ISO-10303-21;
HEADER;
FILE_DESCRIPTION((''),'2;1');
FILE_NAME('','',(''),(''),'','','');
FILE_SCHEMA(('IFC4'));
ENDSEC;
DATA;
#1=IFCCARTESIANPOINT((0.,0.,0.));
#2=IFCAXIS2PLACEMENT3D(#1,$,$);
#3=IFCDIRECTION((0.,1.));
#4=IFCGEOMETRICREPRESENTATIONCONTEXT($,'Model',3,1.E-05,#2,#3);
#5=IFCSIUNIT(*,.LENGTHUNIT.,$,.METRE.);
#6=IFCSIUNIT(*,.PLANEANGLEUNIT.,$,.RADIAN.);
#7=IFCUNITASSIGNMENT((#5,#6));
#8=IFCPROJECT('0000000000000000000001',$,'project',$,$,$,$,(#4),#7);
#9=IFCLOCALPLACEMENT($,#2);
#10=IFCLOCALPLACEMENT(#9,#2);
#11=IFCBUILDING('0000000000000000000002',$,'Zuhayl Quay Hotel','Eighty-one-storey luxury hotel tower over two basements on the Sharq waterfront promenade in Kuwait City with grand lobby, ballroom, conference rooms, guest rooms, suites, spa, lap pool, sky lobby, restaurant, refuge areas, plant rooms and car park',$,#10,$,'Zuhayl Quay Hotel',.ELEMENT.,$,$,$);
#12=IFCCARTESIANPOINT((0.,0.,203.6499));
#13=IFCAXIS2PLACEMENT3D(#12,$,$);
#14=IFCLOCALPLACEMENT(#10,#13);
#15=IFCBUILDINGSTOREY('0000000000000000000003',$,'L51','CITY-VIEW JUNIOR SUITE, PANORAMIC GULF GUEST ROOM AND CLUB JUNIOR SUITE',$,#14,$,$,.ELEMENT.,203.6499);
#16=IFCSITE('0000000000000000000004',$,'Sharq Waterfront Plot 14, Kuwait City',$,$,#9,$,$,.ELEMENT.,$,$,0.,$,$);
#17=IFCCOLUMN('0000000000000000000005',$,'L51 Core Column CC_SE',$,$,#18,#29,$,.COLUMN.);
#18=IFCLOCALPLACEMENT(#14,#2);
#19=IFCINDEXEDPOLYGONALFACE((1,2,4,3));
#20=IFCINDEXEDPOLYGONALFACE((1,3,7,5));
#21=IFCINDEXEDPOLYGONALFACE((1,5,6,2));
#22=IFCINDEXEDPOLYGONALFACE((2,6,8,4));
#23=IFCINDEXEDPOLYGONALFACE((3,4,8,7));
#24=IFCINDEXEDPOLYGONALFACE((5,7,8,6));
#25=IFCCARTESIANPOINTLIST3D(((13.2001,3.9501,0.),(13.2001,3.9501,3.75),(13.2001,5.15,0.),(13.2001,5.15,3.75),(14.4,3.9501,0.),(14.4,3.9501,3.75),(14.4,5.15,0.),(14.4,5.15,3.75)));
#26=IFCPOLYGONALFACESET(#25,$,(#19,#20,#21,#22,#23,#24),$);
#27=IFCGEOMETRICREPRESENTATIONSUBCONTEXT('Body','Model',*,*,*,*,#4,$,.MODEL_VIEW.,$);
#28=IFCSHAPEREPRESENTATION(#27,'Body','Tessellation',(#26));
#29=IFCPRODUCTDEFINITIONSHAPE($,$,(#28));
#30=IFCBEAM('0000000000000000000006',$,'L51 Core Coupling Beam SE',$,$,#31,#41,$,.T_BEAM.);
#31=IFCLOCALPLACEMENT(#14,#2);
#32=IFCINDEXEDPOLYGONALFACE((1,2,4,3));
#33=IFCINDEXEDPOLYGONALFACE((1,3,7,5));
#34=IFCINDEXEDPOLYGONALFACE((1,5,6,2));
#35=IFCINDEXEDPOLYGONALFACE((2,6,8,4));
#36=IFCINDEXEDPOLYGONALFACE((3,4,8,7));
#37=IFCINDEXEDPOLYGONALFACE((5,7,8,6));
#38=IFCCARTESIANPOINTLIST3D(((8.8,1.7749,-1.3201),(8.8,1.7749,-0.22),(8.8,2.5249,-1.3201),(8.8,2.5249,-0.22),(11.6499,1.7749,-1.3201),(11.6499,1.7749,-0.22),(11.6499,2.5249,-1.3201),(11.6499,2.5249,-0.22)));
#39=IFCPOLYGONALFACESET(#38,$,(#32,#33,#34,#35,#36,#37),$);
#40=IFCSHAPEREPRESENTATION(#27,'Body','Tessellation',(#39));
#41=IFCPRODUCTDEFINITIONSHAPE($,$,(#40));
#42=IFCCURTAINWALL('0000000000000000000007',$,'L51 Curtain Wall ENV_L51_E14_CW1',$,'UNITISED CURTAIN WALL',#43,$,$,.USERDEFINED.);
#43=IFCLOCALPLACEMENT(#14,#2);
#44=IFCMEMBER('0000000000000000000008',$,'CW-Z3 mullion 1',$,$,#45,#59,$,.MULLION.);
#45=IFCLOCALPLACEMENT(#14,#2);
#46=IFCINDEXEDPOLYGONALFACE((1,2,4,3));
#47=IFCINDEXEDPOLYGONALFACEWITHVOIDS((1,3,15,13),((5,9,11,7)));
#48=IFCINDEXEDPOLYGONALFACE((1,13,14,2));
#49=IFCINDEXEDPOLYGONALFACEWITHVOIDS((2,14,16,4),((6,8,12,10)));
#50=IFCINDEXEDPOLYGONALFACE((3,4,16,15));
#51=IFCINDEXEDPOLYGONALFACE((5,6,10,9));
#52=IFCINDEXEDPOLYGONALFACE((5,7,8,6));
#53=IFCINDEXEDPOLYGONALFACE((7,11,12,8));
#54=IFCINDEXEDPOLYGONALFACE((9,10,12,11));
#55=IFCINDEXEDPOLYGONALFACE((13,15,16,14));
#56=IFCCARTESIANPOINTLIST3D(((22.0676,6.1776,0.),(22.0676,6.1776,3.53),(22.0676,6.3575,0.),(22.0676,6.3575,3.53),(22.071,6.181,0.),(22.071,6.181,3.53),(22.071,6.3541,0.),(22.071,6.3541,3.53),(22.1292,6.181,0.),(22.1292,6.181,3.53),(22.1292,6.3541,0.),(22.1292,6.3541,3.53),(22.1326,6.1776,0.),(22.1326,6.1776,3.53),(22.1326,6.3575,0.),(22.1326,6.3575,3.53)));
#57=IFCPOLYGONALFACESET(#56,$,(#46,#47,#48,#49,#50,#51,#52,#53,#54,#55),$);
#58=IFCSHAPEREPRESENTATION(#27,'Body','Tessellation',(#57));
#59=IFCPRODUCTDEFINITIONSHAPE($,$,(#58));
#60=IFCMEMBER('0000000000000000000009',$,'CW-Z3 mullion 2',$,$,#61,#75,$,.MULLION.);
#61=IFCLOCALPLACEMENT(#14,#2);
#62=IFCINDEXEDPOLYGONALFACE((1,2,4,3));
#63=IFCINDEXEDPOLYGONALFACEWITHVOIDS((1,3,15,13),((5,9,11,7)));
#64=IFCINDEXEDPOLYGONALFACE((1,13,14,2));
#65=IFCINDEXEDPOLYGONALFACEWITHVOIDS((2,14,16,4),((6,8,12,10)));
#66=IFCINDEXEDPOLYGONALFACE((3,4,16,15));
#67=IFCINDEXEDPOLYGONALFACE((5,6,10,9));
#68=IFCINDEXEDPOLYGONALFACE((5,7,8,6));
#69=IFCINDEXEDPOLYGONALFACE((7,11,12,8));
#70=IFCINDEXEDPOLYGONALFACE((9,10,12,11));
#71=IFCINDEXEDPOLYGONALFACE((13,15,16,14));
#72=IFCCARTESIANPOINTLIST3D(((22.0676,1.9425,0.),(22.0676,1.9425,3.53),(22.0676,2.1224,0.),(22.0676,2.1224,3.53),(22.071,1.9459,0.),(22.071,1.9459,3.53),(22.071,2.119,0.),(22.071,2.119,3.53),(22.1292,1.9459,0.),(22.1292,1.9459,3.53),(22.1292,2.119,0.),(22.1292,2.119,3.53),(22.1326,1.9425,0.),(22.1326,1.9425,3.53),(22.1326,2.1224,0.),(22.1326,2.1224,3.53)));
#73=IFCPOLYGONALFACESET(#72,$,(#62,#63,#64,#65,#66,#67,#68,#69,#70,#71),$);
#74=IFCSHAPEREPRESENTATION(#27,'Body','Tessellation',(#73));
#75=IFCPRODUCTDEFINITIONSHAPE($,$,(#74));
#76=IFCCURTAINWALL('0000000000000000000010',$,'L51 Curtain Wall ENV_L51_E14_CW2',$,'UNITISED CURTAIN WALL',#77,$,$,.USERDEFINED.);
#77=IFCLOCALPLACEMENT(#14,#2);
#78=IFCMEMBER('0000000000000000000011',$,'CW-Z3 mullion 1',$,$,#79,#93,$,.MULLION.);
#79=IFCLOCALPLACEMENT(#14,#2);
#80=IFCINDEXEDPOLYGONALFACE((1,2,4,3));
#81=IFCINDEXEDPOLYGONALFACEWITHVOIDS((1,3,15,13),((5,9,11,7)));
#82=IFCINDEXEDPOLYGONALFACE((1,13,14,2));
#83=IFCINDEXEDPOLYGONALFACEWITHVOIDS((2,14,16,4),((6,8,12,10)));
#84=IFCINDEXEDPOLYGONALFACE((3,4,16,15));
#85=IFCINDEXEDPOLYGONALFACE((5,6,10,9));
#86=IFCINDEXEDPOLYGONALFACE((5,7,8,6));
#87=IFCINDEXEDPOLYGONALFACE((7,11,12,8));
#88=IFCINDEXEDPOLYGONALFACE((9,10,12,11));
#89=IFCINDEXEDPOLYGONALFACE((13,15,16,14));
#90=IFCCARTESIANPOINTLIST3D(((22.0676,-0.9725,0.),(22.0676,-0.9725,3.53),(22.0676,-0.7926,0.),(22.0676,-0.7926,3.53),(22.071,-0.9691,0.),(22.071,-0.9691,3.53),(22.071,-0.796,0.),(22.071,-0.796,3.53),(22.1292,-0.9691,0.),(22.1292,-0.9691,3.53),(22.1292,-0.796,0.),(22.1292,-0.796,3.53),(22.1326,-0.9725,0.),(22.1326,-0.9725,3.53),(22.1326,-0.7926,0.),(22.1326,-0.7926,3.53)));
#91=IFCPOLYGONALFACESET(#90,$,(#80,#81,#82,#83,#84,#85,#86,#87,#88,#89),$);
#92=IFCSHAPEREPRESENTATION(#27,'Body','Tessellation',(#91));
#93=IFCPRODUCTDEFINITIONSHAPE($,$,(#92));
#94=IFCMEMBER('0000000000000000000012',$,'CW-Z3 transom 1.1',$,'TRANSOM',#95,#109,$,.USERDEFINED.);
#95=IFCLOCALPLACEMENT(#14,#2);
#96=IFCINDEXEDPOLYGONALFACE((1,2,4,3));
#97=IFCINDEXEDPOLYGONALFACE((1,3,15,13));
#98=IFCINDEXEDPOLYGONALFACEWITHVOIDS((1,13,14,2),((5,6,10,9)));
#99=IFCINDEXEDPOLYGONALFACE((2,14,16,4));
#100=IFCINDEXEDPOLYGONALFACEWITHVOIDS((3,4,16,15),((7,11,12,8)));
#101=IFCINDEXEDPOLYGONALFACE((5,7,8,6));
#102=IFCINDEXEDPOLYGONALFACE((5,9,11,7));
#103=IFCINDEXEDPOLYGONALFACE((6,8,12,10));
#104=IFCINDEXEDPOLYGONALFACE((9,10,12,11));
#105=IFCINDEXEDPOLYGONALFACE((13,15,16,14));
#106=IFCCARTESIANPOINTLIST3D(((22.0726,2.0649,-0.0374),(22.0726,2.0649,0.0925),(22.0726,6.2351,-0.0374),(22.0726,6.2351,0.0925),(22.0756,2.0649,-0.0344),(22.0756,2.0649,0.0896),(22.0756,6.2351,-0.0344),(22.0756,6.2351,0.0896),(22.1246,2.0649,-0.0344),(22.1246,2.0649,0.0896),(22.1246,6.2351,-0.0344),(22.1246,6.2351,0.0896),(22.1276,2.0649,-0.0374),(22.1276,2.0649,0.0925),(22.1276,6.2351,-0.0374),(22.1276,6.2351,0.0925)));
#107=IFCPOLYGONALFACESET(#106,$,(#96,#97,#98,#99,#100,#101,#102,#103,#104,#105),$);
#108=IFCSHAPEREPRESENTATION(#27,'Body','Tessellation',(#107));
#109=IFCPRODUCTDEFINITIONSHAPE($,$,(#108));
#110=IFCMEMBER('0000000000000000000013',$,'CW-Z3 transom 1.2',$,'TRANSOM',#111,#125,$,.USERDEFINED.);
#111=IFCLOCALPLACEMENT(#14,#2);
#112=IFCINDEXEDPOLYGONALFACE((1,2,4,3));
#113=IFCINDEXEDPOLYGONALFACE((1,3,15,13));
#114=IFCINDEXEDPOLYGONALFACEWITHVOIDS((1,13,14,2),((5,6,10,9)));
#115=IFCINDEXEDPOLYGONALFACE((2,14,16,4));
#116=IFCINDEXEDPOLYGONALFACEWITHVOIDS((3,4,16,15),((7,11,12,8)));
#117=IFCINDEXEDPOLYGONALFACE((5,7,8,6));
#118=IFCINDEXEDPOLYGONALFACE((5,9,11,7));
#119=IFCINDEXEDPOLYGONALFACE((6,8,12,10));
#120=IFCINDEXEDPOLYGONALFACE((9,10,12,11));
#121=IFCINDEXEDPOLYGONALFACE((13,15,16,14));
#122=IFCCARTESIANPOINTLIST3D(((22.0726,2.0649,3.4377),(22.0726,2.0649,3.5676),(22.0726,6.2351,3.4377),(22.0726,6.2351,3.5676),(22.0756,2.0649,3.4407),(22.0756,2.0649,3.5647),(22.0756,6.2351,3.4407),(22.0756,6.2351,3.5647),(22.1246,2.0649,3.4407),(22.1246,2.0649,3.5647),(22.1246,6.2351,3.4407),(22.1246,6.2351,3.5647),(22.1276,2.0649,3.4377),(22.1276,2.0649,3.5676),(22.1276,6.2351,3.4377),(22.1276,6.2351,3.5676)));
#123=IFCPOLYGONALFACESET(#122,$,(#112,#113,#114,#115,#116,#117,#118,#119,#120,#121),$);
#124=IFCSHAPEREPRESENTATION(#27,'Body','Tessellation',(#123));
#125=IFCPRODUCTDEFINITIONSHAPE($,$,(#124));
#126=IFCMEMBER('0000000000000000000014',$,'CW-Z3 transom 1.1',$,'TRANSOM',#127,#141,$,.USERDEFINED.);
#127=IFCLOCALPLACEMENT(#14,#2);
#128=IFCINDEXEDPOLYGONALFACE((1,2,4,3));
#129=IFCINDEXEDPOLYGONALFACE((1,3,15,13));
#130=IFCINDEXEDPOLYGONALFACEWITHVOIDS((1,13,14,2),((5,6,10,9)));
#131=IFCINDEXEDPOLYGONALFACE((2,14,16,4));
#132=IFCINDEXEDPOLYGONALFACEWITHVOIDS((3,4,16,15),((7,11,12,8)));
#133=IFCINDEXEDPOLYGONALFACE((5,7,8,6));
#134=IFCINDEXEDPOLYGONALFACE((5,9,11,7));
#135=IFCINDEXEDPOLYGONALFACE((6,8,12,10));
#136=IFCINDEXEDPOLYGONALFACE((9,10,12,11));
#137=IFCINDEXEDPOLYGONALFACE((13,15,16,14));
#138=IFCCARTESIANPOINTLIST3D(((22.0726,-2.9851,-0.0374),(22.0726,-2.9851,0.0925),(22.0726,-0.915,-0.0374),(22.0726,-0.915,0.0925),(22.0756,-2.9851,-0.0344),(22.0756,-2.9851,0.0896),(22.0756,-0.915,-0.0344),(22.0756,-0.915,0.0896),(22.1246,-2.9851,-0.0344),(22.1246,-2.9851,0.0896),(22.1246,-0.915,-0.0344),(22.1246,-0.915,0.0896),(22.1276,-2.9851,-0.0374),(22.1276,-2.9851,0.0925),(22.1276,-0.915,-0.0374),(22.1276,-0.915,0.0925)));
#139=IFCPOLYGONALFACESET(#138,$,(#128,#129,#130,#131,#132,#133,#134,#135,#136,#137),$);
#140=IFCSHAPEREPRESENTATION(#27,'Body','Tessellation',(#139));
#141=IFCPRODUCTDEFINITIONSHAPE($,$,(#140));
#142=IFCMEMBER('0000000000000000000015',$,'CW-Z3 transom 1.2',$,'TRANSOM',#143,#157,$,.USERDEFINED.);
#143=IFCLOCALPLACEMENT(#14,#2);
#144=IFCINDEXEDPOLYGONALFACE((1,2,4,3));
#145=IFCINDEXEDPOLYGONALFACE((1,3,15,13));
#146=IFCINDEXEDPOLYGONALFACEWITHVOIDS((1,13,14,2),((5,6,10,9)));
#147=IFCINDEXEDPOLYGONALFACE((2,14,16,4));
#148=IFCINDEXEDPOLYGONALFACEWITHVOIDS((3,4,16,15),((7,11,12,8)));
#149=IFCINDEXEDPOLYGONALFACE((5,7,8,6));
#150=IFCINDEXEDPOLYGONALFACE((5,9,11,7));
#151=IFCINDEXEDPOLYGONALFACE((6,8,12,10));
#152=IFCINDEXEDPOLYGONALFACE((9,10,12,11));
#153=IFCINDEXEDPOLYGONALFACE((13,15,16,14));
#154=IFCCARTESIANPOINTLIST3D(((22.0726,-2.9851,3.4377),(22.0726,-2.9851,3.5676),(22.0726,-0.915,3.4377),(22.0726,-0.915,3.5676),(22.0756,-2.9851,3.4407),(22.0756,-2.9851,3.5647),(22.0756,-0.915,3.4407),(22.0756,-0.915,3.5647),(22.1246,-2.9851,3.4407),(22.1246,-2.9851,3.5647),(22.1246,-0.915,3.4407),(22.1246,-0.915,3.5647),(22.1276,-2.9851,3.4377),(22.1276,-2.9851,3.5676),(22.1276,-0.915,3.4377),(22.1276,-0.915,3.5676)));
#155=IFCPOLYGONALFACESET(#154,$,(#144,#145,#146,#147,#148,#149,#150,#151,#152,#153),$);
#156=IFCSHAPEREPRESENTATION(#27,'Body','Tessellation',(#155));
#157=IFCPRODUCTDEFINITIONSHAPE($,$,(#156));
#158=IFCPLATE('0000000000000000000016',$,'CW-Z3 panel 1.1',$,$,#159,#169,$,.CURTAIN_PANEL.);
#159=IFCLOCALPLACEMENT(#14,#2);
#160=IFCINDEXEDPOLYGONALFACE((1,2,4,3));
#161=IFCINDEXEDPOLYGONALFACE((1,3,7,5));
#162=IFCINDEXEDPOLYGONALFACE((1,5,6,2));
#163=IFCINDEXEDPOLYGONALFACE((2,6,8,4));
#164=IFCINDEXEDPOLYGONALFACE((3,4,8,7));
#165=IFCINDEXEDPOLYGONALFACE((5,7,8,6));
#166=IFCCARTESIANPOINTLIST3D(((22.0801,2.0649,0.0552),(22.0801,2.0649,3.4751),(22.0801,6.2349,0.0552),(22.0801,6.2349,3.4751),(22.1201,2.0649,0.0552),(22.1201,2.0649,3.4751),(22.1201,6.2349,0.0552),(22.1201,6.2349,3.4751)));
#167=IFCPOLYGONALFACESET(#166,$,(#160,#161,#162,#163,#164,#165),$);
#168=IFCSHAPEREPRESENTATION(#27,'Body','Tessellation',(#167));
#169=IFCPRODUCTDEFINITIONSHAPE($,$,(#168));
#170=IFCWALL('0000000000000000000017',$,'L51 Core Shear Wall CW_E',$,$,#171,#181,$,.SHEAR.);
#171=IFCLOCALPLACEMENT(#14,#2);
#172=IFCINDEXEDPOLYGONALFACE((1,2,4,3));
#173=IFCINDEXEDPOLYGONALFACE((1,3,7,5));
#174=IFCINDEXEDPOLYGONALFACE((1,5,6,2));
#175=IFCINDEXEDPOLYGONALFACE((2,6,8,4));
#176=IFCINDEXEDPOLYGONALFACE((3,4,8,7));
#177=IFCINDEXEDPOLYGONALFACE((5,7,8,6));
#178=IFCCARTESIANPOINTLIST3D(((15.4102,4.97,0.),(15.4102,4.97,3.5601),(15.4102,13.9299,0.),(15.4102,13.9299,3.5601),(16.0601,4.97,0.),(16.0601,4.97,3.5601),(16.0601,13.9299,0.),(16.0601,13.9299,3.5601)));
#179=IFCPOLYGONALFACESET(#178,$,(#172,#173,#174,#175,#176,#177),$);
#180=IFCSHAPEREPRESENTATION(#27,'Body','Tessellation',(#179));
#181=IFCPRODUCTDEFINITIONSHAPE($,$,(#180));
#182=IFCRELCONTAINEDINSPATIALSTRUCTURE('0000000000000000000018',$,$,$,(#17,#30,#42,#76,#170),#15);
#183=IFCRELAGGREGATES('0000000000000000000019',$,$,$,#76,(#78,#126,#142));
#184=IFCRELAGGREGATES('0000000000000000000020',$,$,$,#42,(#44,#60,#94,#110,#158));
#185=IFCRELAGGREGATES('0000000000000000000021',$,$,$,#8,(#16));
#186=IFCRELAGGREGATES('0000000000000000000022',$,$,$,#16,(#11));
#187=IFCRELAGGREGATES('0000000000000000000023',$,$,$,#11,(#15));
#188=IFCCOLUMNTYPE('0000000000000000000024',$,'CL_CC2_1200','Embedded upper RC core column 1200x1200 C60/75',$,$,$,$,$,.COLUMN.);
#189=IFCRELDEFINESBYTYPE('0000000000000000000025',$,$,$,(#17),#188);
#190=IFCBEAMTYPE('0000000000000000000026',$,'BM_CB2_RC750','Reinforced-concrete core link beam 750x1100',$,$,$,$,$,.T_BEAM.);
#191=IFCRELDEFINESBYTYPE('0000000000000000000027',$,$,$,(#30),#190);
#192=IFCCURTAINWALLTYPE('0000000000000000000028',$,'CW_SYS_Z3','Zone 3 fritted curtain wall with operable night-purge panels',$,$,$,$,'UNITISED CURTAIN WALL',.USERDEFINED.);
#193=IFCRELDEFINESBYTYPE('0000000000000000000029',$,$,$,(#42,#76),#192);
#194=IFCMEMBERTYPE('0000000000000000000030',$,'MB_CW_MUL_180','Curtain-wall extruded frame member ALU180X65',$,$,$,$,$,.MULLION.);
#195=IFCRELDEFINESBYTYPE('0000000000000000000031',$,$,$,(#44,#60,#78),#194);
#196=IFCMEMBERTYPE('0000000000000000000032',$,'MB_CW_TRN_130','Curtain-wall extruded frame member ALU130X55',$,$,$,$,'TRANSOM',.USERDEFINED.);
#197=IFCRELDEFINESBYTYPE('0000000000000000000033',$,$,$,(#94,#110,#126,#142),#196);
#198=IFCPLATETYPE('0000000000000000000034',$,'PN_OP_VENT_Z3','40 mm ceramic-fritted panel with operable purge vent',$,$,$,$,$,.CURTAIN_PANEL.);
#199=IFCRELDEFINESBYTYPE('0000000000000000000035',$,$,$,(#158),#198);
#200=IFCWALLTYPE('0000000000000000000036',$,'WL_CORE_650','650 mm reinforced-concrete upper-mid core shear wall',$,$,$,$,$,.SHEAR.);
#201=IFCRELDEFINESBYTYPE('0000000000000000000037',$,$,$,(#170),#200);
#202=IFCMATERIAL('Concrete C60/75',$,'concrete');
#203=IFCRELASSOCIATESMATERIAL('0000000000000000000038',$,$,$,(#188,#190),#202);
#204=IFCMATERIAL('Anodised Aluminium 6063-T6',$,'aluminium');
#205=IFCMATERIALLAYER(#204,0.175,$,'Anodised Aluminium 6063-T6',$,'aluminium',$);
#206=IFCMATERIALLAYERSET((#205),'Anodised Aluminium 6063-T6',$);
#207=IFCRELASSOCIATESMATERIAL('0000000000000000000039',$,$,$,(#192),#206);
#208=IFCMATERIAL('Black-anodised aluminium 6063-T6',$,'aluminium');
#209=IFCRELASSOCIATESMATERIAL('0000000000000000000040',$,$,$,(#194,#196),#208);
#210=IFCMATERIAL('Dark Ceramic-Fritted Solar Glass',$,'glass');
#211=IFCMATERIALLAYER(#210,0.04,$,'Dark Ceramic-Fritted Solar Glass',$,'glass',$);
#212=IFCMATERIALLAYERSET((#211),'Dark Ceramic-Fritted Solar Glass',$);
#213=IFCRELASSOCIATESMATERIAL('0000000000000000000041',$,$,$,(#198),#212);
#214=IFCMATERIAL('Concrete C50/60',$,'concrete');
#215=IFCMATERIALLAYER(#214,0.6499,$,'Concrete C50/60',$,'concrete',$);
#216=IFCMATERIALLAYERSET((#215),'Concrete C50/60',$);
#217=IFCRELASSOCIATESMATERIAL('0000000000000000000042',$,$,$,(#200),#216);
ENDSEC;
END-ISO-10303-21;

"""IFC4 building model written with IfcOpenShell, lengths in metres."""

from ifc_helpers import new_model, si_unit, direction, frame, frame_2d, origin, origin_2d, place, context, subcontext, project, spatial, rectangle, hollow_rectangle, extrude, material, layer, layer_set, material_profile, profile_set, type_object, element, aggregate, save


model = new_model("IFC4")

# Units and contexts
model_context = context("Model", 3, precision=1e-05, world=origin(), true_north=direction((0.0, 1.0)))
body_context = subcontext(model_context, "Body", "Model", "MODEL_VIEW")
ifc_project = project(units=[si_unit("LENGTHUNIT", "METRE"), si_unit("PLANEANGLEUNIT", "RADIAN")], contexts=[model_context])

# Site, building, storey
site_placement = place(None, origin())
site = spatial("IfcSite", under=ifc_project, at=site_placement, Name="Sharq Waterfront Plot 14, Kuwait City", CompositionType="ELEMENT", RefElevation=0.0)
building_placement = place(site_placement, origin())
building = spatial("IfcBuilding", under=site, at=building_placement, Name="Zuhayl Quay Hotel", Description="Eighty-one-storey luxury hotel tower over two basements on the Sharq waterfront promenade in Kuwait City with grand lobby, ballroom, conference rooms, guest rooms, suites, spa, lap pool, sky lobby, restaurant, refuge areas, plant rooms and car park", LongName="Zuhayl Quay Hotel", CompositionType="ELEMENT")
storey_placement = place(building_placement, frame((0.0, 0.0, 203.6499)))
storey = spatial("IfcBuildingStorey", under=building, at=storey_placement, Name="L51", Description="CITY-VIEW JUNIOR SUITE, PANORAMIC GULF GUEST ROOM AND CLUB JUNIOR SUITE", CompositionType="ELEMENT", Elevation=203.6499)

# Column
ifc_material_1 = material(Name="Concrete C60/75", Category="concrete")
ifc_material_profile_1 = material_profile(ifc_material_1, rectangle(XDim=1.2, YDim=1.2, at=origin_2d()), Name="RC1200X1200")
ifc_profile_set_1 = profile_set([ifc_material_profile_1], Name="Concrete C60/75")
column_type = type_object("IfcColumnType", Name="CL_CC2_1200", Description="Embedded upper RC core column 1200x1200 C60/75", PredefinedType="COLUMN", material=ifc_profile_set_1)
column_placement = place(storey_placement, frame((13.8, 4.55, 0.0), z_axis=(0.0, 0.0, 1.0), x_axis=(1.0, 0.0, 0.0)))
element("IfcColumn", 1, at=column_placement, inside=storey, type_object=column_type, Name="L51 Core Column CC_SE", PredefinedType="COLUMN", context=body_context, shape_type="SweptSolid", body=[
    extrude(rectangle(XDim=1.2, YDim=1.2, at=origin_2d()), origin(), (0.0, 0.0, 1.0), 3.75),
])

# Beam
ifc_material_profile_2 = material_profile(ifc_material_1, rectangle(XDim=0.75, YDim=1.1001, at=origin_2d()), Name="RC750X1100")
ifc_profile_set_2 = profile_set([ifc_material_profile_2], Name="Concrete C60/75")
beam_type = type_object("IfcBeamType", Name="BM_CB2_RC750", Description="Reinforced-concrete core link beam 750x1100", PredefinedType="T_BEAM", material=ifc_profile_set_2)
beam_placement = place(storey_placement, frame((8.8, 2.1499, -0.77), z_axis=(1.0, 0.0, 0.0), x_axis=(0.0, 1.0, 0.0)))
element("IfcBeam", 2, at=beam_placement, inside=storey, type_object=beam_type, Name="L51 Core Coupling Beam SE", PredefinedType="T_BEAM", context=body_context, shape_type="SweptSolid", body=[
    extrude(rectangle(XDim=0.75, YDim=1.1001, at=origin_2d()), origin(), (0.0, 0.0, 1.0), 2.8499),
])

# Curtain wall, members
ifc_material_2 = material(Name="Anodised Aluminium 6063-T6", Category="aluminium")
ifc_layer_1 = layer(ifc_material_2, 0.175, Name="Anodised Aluminium 6063-T6", Category="aluminium")
ifc_layer_set_1 = layer_set([ifc_layer_1], Name="Anodised Aluminium 6063-T6")
curtain_wall_type = type_object("IfcCurtainWallType", Name="CW_SYS_Z3", Description="Zone 3 fritted curtain wall with operable night-purge panels", ElementType="UNITISED CURTAIN WALL", PredefinedType="USERDEFINED", material=ifc_layer_set_1)
curtain_wall_1_placement = place(storey_placement, origin())
curtain_wall_1 = element("IfcCurtainWall", 3, at=curtain_wall_1_placement, inside=storey, type_object=curtain_wall_type, Name="L51 Curtain Wall ENV_L51_E14_CW1", ObjectType="UNITISED CURTAIN WALL", PredefinedType="USERDEFINED")
ifc_material_3 = material(Name="Black-anodised aluminium 6063-T6", Category="aluminium")
ifc_material_profile_3 = material_profile(ifc_material_3, hollow_rectangle(XDim=0.0649, YDim=0.1799, WallThickness=0.0034, at=origin_2d()), Name="ALU180X65")
ifc_profile_set_3 = profile_set([ifc_material_profile_3], Name="Black-anodised aluminium 6063-T6")
member_type_1 = type_object("IfcMemberType", Name="MB_CW_MUL_180", Description="Curtain-wall extruded frame member ALU180X65", PredefinedType="MULLION", material=ifc_profile_set_3)
member_1_placement = place(storey_placement, frame((22.1001, 6.2676, 0.0), z_axis=(0.0, 0.0, 1.0), x_axis=(1.0, 0.0, 0.0)))
member_1 = element("IfcMember", 4, at=member_1_placement, type_object=member_type_1, Name="CW-Z3 mullion 1", PredefinedType="MULLION", context=body_context, shape_type="SweptSolid", body=[
    extrude(hollow_rectangle(XDim=0.0649, YDim=0.1799, WallThickness=0.0034, at=origin_2d()), origin(), (0.0, 0.0, 1.0), 3.53),
])
member_2_placement = place(storey_placement, frame((22.1001, 2.0325, 0.0), z_axis=(0.0, 0.0, 1.0), x_axis=(1.0, 0.0, 0.0)))
member_2 = element("IfcMember", 5, at=member_2_placement, type_object=member_type_1, Name="CW-Z3 mullion 2", PredefinedType="MULLION", context=body_context, shape_type="SweptSolid", body=[
    extrude(hollow_rectangle(XDim=0.0649, YDim=0.1799, WallThickness=0.0034, at=origin_2d()), origin(), (0.0, 0.0, 1.0), 3.53),
])

# Curtain wall, member
curtain_wall_2_placement = place(storey_placement, origin())
curtain_wall_2 = element("IfcCurtainWall", 6, at=curtain_wall_2_placement, inside=storey, type_object=curtain_wall_type, Name="L51 Curtain Wall ENV_L51_E14_CW2", ObjectType="UNITISED CURTAIN WALL", PredefinedType="USERDEFINED")
member_3_placement = place(storey_placement, frame((22.1001, -0.8826, 0.0), z_axis=(0.0, 0.0, 1.0), x_axis=(1.0, 0.0, 0.0)))
member_3 = element("IfcMember", 7, at=member_3_placement, type_object=member_type_1, Name="CW-Z3 mullion 1", PredefinedType="MULLION", context=body_context, shape_type="SweptSolid", body=[
    extrude(hollow_rectangle(XDim=0.0649, YDim=0.1799, WallThickness=0.0034, at=origin_2d()), origin(), (0.0, 0.0, 1.0), 3.53),
])

# Members
ifc_material_profile_4 = material_profile(ifc_material_3, hollow_rectangle(XDim=0.0549, YDim=0.1299, WallThickness=0.0029, at=origin_2d()), Name="ALU130X55")
ifc_profile_set_4 = profile_set([ifc_material_profile_4], Name="Black-anodised aluminium 6063-T6")
member_type_2 = type_object("IfcMemberType", Name="MB_CW_TRN_130", Description="Curtain-wall extruded frame member ALU130X55", ElementType="TRANSOM", PredefinedType="USERDEFINED", material=ifc_profile_set_4)
member_4_placement = place(storey_placement, frame((22.1001, 6.2351, 0.0276), z_axis=(0.0, -1.0, 0.0), x_axis=(1.0, 0.0, 0.0)))
member_4 = element("IfcMember", 8, at=member_4_placement, type_object=member_type_2, Name="CW-Z3 transom 1.1", ObjectType="TRANSOM", PredefinedType="USERDEFINED", context=body_context, shape_type="SweptSolid", body=[
    extrude(hollow_rectangle(XDim=0.0549, YDim=0.1299, WallThickness=0.0029, at=origin_2d()), origin(), (0.0, 0.0, 1.0), 4.1702),
])
member_5_placement = place(storey_placement, frame((22.1001, 6.2351, 3.5027), z_axis=(0.0, -1.0, 0.0), x_axis=(1.0, 0.0, 0.0)))
member_5 = element("IfcMember", 9, at=member_5_placement, type_object=member_type_2, Name="CW-Z3 transom 1.2", ObjectType="TRANSOM", PredefinedType="USERDEFINED", context=body_context, shape_type="SweptSolid", body=[
    extrude(hollow_rectangle(XDim=0.0549, YDim=0.1299, WallThickness=0.0029, at=origin_2d()), origin(), (0.0, 0.0, 1.0), 4.1702),
])
member_6_placement = place(storey_placement, frame((22.1001, -0.915, 0.0276), z_axis=(0.0, -1.0, 0.0), x_axis=(1.0, 0.0, 0.0)))
member_6 = element("IfcMember", 10, at=member_6_placement, type_object=member_type_2, Name="CW-Z3 transom 1.1", ObjectType="TRANSOM", PredefinedType="USERDEFINED", context=body_context, shape_type="SweptSolid", body=[
    extrude(hollow_rectangle(XDim=0.0549, YDim=0.1299, WallThickness=0.0029, at=origin_2d()), origin(), (0.0, 0.0, 1.0), 2.0701),
])
member_7_placement = place(storey_placement, frame((22.1001, -0.915, 3.5027), z_axis=(0.0, -1.0, 0.0), x_axis=(1.0, 0.0, 0.0)))
member_7 = element("IfcMember", 11, at=member_7_placement, type_object=member_type_2, Name="CW-Z3 transom 1.2", ObjectType="TRANSOM", PredefinedType="USERDEFINED", context=body_context, shape_type="SweptSolid", body=[
    extrude(hollow_rectangle(XDim=0.0549, YDim=0.1299, WallThickness=0.0029, at=origin_2d()), origin(), (0.0, 0.0, 1.0), 2.0701),
])
aggregate(curtain_wall_2, [member_3, member_6, member_7])

# Plate
ifc_material_4 = material(Name="Dark Ceramic-Fritted Solar Glass", Category="glass")
ifc_layer_2 = layer(ifc_material_4, 0.04, Name="Dark Ceramic-Fritted Solar Glass", Category="glass")
ifc_layer_set_2 = layer_set([ifc_layer_2], Name="Dark Ceramic-Fritted Solar Glass")
plate_type = type_object("IfcPlateType", Name="PN_OP_VENT_Z3", Description="40 mm ceramic-fritted panel with operable purge vent", PredefinedType="CURTAIN_PANEL", material=ifc_layer_set_2)
plate_placement = place(storey_placement, frame((22.1001, 4.1499, 0.0552), z_axis=(0.0, 0.0, 1.0), x_axis=(0.0, -1.0, 0.0)))
plate = element("IfcPlate", 12, at=plate_placement, type_object=plate_type, Name="CW-Z3 panel 1.1", PredefinedType="CURTAIN_PANEL", context=body_context, shape_type="SweptSolid", body=[
    extrude(rectangle(XDim=4.1699, YDim=0.04, at=origin_2d()), origin(), (0.0, 0.0, 1.0), 3.4199),
])
aggregate(curtain_wall_1, [member_1, member_2, member_4, member_5, plate])

# Wall
ifc_material_5 = material(Name="Concrete C50/60", Category="concrete")
ifc_layer_3 = layer(ifc_material_5, 0.6499, Name="Concrete C50/60", Category="concrete")
ifc_layer_set_3 = layer_set([ifc_layer_3], Name="Concrete C50/60")
wall_type_1 = type_object("IfcWallType", Name="WL_CORE_650", Description="650 mm reinforced-concrete upper-mid core shear wall", PredefinedType="SHEAR", material=ifc_layer_set_3)
wall_1_placement = place(storey_placement, frame((15.7351, 4.97, 0.0), z_axis=(0.0, 0.0, 1.0), x_axis=(0.0, 1.0, 0.0)))
element("IfcWall", 13, at=wall_1_placement, inside=storey, type_object=wall_type_1, Name="L51 Core Shear Wall CW_E", PredefinedType="SHEAR", context=body_context, shape_type="SweptSolid", body=[
    extrude(rectangle(XDim=8.96, YDim=0.6499, at=frame_2d((4.48, 0.0))), origin(), (0.0, 0.0, 1.0), 3.5601),
])

save(model, "model.ifc")
